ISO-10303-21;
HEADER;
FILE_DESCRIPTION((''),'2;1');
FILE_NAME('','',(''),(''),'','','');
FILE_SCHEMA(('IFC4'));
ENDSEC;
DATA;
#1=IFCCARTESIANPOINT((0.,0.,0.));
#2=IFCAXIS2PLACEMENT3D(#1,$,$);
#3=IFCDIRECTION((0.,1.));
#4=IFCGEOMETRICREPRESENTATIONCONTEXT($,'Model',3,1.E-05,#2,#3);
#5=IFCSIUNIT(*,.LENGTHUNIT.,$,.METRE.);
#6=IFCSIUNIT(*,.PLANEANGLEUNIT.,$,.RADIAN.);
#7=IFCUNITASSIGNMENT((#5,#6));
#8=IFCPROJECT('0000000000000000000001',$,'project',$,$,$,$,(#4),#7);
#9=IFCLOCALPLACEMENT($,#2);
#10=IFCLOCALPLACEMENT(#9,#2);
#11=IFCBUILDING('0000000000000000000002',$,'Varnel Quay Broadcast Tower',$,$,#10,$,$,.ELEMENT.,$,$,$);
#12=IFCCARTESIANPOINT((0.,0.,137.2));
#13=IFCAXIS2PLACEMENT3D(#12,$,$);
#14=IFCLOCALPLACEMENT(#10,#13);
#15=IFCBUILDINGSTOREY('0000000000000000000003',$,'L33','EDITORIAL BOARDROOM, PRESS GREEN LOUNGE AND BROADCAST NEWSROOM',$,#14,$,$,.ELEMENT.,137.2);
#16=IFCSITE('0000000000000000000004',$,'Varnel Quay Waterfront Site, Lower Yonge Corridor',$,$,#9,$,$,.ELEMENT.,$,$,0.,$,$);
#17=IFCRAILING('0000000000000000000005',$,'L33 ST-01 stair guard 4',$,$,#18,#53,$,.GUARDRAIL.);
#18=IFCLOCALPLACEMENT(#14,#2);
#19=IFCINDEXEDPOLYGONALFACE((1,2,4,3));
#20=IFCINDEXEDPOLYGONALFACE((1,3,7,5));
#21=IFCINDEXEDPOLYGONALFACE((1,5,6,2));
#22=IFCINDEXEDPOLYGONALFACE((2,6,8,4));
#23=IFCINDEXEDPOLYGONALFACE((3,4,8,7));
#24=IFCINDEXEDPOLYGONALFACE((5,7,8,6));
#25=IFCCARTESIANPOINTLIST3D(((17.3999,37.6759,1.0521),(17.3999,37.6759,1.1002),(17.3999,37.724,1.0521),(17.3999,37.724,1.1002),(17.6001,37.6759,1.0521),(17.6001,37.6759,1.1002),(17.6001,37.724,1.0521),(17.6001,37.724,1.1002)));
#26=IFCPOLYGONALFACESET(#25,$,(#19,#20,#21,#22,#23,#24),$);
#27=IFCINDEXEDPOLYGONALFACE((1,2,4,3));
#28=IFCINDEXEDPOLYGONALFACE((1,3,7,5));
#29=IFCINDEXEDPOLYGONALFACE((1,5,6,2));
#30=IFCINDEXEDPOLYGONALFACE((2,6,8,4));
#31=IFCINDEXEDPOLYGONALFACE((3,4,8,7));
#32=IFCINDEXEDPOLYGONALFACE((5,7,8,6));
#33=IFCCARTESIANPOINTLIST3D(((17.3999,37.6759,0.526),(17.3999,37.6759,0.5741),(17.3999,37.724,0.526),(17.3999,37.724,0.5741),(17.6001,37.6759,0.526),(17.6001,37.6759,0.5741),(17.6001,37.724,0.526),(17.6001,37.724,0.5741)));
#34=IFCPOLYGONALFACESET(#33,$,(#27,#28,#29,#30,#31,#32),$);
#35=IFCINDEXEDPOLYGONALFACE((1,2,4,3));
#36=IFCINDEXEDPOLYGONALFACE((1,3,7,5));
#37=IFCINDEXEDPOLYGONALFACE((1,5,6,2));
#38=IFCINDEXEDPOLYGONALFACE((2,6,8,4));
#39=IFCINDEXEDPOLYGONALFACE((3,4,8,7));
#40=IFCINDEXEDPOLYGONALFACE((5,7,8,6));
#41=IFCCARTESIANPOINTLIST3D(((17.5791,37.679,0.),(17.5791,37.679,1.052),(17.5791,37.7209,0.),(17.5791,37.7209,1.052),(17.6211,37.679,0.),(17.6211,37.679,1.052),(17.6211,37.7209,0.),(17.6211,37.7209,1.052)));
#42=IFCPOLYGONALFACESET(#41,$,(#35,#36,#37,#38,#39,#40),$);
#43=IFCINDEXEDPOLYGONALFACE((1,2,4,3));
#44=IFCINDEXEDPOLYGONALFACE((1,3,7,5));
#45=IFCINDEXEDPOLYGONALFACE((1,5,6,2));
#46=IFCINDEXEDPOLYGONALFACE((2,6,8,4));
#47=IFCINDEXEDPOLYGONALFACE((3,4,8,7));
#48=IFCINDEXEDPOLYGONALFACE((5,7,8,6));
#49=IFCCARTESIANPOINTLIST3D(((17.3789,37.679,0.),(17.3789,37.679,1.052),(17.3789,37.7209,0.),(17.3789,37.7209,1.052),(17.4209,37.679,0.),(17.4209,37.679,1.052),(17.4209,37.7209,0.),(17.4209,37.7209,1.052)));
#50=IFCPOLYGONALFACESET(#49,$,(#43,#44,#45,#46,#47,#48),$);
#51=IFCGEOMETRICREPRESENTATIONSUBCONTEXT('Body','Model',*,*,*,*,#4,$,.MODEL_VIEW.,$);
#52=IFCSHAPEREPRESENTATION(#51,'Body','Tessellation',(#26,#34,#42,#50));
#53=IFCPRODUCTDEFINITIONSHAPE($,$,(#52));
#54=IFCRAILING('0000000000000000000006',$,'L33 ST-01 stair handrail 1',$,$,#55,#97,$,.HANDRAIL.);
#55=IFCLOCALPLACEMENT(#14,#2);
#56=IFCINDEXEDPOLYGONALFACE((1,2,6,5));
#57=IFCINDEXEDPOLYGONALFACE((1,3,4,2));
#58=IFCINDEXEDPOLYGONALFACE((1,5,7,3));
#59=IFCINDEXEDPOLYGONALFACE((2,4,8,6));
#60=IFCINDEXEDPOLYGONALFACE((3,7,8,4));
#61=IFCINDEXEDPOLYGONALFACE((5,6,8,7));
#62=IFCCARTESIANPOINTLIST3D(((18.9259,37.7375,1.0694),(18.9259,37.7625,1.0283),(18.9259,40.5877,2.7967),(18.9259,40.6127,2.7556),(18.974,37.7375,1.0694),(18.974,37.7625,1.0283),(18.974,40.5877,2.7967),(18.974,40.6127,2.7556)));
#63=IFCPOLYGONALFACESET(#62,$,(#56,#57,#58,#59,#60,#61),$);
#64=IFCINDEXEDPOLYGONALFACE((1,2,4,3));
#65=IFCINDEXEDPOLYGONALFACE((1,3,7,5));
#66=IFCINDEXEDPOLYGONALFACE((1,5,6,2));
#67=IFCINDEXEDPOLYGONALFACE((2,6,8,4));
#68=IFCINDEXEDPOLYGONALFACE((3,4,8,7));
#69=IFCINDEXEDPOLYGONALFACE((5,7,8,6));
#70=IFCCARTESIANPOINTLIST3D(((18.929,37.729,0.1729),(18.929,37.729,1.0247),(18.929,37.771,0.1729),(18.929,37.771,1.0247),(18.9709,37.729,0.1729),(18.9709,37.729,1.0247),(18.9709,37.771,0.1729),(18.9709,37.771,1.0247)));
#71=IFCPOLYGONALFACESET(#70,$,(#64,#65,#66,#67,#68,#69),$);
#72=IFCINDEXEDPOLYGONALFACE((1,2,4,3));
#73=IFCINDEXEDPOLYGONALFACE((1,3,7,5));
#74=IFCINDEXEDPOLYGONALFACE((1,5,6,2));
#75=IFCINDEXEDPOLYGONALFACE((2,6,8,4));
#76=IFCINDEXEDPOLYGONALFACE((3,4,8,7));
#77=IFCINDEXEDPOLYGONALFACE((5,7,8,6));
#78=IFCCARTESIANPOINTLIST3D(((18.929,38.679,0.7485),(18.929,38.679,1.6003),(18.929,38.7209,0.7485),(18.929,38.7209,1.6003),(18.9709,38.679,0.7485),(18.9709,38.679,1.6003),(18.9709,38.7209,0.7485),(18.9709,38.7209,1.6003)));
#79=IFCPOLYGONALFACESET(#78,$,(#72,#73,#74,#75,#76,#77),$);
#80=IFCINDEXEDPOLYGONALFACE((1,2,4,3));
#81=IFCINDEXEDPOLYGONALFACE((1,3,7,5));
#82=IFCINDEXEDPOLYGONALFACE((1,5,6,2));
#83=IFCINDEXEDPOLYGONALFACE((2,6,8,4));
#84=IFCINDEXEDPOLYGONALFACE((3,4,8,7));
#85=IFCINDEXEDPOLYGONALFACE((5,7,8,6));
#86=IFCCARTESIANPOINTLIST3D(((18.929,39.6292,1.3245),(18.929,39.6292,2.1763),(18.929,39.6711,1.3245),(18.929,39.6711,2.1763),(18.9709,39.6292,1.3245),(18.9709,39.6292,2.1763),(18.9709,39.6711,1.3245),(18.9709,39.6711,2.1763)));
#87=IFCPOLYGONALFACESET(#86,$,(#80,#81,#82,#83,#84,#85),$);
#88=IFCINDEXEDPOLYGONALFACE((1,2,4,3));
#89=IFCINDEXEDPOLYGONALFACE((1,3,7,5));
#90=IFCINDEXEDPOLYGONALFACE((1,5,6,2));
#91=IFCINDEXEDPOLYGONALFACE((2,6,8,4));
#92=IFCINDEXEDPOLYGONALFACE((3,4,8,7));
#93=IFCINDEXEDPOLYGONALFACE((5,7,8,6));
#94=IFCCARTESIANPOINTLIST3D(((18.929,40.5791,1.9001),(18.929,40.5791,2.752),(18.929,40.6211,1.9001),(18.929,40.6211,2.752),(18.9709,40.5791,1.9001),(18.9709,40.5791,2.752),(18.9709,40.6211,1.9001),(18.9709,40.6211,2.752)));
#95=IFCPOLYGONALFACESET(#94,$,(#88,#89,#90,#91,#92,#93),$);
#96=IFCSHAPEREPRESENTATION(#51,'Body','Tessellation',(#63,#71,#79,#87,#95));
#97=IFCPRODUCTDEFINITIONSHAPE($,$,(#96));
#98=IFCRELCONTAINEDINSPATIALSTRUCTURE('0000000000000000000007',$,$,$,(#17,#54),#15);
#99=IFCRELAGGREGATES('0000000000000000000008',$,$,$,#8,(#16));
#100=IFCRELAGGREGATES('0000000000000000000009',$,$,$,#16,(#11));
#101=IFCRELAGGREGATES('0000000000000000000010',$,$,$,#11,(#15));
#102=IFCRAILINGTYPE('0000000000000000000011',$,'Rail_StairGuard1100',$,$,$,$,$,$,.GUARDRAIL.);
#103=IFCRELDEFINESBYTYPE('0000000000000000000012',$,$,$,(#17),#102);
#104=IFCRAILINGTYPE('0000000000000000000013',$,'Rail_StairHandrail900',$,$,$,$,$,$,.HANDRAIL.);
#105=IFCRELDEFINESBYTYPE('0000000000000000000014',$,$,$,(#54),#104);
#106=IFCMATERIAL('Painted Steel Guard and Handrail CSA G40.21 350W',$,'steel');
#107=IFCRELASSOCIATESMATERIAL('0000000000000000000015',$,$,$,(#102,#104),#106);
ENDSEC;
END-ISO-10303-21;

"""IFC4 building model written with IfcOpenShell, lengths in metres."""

from ifc_helpers import new_model, si_unit, direction, frame, origin, origin_2d, place, context, subcontext, project, spatial, rectangle, extrude, material, type_object, element, save


model = new_model("IFC4")

# Units and contexts
model_context = context("Model", 3, precision=1e-05, world=origin(), true_north=direction((0.0, 1.0)))
body_context = subcontext(model_context, "Body", "Model", "MODEL_VIEW")
ifc_project = project(units=[si_unit("LENGTHUNIT", "METRE"), si_unit("PLANEANGLEUNIT", "RADIAN")], contexts=[model_context])

# Site, building, storey
site_placement = place(None, origin())
site = spatial("IfcSite", under=ifc_project, at=site_placement, Name="Varnel Quay Waterfront Site, Lower Yonge Corridor", CompositionType="ELEMENT", RefElevation=0.0)
building_placement = place(site_placement, origin())
building = spatial("IfcBuilding", under=site, at=building_placement, Name="Varnel Quay Broadcast Tower", CompositionType="ELEMENT")
storey_placement = place(building_placement, frame((0.0, 0.0, 137.2)))
storey = spatial("IfcBuildingStorey", under=building, at=storey_placement, Name="L33", Description="EDITORIAL BOARDROOM, PRESS GREEN LOUNGE AND BROADCAST NEWSROOM", CompositionType="ELEMENT", Elevation=137.2)

# Railings
ifc_material_1 = material(Name="Painted Steel Guard and Handrail CSA G40.21 350W", Category="steel")
railing_type_1 = type_object("IfcRailingType", Name="Rail_StairGuard1100", PredefinedType="GUARDRAIL", material=ifc_material_1)
railing_1_placement = place(storey_placement, frame((17.6001, 37.7, 0.0)))
element("IfcRailing", 1, at=railing_1_placement, inside=storey, type_object=railing_type_1, Name="L33 ST-01 stair guard 4", PredefinedType="GUARDRAIL", context=body_context, shape_type="SweptSolid", body=[
    extrude(rectangle(XDim=0.0481, YDim=0.0481, at=origin_2d()), frame((0.0, 0.0, 1.0762), z_axis=(-1.0, 0.0, 0.0), x_axis=(0.0, -1.0, 0.0)), (0.0, 0.0, 1.0), 0.2002),
    extrude(rectangle(XDim=0.0481, YDim=0.0481, at=origin_2d()), frame((0.0, 0.0, 0.55), z_axis=(-1.0, 0.0, 0.0), x_axis=(0.0, -1.0, 0.0)), (0.0, 0.0, 1.0), 0.2002),
    extrude(rectangle(XDim=0.042, YDim=0.042, at=origin_2d()), origin(), (0.0, 0.0, 1.0), 1.052),
    extrude(rectangle(XDim=0.042, YDim=0.042, at=origin_2d()), frame((-0.2002, 0.0, 0.0)), (0.0, 0.0, 1.0), 1.052),
])
railing_type_2 = type_object("IfcRailingType", Name="Rail_StairHandrail900", PredefinedType="HANDRAIL", material=ifc_material_1)
railing_2_placement = place(storey_placement, frame((18.95, 37.75, 0.1729)))
element("IfcRailing", 2, at=railing_2_placement, inside=storey, type_object=railing_type_2, Name="L33 ST-01 stair handrail 1", PredefinedType="HANDRAIL", context=body_context, shape_type="SweptSolid", body=[
    extrude(rectangle(XDim=0.0481, YDim=0.0481, at=origin_2d()), frame((0.0, 0.0, 0.876), z_axis=(0.0, 0.855203, 0.518294), x_axis=(-1.0, 0.0, 0.0)), (0.0, 0.0, 1.0), 3.3328),
    extrude(rectangle(XDim=0.042, YDim=0.042, at=origin_2d()), origin(), (0.0, 0.0, 1.0), 0.8518),
    extrude(rectangle(XDim=0.042, YDim=0.042, at=origin_2d()), frame((0.0, 0.95, 0.5757)), (0.0, 0.0, 1.0), 0.8518),
    extrude(rectangle(XDim=0.042, YDim=0.042, at=origin_2d()), frame((0.0, 1.9001, 1.1516)), (0.0, 0.0, 1.0), 0.8518),
    extrude(rectangle(XDim=0.042, YDim=0.042, at=origin_2d()), frame((0.0, 2.8501, 1.7273)), (0.0, 0.0, 1.0), 0.8518),
])

save(model, "model.ifc")
